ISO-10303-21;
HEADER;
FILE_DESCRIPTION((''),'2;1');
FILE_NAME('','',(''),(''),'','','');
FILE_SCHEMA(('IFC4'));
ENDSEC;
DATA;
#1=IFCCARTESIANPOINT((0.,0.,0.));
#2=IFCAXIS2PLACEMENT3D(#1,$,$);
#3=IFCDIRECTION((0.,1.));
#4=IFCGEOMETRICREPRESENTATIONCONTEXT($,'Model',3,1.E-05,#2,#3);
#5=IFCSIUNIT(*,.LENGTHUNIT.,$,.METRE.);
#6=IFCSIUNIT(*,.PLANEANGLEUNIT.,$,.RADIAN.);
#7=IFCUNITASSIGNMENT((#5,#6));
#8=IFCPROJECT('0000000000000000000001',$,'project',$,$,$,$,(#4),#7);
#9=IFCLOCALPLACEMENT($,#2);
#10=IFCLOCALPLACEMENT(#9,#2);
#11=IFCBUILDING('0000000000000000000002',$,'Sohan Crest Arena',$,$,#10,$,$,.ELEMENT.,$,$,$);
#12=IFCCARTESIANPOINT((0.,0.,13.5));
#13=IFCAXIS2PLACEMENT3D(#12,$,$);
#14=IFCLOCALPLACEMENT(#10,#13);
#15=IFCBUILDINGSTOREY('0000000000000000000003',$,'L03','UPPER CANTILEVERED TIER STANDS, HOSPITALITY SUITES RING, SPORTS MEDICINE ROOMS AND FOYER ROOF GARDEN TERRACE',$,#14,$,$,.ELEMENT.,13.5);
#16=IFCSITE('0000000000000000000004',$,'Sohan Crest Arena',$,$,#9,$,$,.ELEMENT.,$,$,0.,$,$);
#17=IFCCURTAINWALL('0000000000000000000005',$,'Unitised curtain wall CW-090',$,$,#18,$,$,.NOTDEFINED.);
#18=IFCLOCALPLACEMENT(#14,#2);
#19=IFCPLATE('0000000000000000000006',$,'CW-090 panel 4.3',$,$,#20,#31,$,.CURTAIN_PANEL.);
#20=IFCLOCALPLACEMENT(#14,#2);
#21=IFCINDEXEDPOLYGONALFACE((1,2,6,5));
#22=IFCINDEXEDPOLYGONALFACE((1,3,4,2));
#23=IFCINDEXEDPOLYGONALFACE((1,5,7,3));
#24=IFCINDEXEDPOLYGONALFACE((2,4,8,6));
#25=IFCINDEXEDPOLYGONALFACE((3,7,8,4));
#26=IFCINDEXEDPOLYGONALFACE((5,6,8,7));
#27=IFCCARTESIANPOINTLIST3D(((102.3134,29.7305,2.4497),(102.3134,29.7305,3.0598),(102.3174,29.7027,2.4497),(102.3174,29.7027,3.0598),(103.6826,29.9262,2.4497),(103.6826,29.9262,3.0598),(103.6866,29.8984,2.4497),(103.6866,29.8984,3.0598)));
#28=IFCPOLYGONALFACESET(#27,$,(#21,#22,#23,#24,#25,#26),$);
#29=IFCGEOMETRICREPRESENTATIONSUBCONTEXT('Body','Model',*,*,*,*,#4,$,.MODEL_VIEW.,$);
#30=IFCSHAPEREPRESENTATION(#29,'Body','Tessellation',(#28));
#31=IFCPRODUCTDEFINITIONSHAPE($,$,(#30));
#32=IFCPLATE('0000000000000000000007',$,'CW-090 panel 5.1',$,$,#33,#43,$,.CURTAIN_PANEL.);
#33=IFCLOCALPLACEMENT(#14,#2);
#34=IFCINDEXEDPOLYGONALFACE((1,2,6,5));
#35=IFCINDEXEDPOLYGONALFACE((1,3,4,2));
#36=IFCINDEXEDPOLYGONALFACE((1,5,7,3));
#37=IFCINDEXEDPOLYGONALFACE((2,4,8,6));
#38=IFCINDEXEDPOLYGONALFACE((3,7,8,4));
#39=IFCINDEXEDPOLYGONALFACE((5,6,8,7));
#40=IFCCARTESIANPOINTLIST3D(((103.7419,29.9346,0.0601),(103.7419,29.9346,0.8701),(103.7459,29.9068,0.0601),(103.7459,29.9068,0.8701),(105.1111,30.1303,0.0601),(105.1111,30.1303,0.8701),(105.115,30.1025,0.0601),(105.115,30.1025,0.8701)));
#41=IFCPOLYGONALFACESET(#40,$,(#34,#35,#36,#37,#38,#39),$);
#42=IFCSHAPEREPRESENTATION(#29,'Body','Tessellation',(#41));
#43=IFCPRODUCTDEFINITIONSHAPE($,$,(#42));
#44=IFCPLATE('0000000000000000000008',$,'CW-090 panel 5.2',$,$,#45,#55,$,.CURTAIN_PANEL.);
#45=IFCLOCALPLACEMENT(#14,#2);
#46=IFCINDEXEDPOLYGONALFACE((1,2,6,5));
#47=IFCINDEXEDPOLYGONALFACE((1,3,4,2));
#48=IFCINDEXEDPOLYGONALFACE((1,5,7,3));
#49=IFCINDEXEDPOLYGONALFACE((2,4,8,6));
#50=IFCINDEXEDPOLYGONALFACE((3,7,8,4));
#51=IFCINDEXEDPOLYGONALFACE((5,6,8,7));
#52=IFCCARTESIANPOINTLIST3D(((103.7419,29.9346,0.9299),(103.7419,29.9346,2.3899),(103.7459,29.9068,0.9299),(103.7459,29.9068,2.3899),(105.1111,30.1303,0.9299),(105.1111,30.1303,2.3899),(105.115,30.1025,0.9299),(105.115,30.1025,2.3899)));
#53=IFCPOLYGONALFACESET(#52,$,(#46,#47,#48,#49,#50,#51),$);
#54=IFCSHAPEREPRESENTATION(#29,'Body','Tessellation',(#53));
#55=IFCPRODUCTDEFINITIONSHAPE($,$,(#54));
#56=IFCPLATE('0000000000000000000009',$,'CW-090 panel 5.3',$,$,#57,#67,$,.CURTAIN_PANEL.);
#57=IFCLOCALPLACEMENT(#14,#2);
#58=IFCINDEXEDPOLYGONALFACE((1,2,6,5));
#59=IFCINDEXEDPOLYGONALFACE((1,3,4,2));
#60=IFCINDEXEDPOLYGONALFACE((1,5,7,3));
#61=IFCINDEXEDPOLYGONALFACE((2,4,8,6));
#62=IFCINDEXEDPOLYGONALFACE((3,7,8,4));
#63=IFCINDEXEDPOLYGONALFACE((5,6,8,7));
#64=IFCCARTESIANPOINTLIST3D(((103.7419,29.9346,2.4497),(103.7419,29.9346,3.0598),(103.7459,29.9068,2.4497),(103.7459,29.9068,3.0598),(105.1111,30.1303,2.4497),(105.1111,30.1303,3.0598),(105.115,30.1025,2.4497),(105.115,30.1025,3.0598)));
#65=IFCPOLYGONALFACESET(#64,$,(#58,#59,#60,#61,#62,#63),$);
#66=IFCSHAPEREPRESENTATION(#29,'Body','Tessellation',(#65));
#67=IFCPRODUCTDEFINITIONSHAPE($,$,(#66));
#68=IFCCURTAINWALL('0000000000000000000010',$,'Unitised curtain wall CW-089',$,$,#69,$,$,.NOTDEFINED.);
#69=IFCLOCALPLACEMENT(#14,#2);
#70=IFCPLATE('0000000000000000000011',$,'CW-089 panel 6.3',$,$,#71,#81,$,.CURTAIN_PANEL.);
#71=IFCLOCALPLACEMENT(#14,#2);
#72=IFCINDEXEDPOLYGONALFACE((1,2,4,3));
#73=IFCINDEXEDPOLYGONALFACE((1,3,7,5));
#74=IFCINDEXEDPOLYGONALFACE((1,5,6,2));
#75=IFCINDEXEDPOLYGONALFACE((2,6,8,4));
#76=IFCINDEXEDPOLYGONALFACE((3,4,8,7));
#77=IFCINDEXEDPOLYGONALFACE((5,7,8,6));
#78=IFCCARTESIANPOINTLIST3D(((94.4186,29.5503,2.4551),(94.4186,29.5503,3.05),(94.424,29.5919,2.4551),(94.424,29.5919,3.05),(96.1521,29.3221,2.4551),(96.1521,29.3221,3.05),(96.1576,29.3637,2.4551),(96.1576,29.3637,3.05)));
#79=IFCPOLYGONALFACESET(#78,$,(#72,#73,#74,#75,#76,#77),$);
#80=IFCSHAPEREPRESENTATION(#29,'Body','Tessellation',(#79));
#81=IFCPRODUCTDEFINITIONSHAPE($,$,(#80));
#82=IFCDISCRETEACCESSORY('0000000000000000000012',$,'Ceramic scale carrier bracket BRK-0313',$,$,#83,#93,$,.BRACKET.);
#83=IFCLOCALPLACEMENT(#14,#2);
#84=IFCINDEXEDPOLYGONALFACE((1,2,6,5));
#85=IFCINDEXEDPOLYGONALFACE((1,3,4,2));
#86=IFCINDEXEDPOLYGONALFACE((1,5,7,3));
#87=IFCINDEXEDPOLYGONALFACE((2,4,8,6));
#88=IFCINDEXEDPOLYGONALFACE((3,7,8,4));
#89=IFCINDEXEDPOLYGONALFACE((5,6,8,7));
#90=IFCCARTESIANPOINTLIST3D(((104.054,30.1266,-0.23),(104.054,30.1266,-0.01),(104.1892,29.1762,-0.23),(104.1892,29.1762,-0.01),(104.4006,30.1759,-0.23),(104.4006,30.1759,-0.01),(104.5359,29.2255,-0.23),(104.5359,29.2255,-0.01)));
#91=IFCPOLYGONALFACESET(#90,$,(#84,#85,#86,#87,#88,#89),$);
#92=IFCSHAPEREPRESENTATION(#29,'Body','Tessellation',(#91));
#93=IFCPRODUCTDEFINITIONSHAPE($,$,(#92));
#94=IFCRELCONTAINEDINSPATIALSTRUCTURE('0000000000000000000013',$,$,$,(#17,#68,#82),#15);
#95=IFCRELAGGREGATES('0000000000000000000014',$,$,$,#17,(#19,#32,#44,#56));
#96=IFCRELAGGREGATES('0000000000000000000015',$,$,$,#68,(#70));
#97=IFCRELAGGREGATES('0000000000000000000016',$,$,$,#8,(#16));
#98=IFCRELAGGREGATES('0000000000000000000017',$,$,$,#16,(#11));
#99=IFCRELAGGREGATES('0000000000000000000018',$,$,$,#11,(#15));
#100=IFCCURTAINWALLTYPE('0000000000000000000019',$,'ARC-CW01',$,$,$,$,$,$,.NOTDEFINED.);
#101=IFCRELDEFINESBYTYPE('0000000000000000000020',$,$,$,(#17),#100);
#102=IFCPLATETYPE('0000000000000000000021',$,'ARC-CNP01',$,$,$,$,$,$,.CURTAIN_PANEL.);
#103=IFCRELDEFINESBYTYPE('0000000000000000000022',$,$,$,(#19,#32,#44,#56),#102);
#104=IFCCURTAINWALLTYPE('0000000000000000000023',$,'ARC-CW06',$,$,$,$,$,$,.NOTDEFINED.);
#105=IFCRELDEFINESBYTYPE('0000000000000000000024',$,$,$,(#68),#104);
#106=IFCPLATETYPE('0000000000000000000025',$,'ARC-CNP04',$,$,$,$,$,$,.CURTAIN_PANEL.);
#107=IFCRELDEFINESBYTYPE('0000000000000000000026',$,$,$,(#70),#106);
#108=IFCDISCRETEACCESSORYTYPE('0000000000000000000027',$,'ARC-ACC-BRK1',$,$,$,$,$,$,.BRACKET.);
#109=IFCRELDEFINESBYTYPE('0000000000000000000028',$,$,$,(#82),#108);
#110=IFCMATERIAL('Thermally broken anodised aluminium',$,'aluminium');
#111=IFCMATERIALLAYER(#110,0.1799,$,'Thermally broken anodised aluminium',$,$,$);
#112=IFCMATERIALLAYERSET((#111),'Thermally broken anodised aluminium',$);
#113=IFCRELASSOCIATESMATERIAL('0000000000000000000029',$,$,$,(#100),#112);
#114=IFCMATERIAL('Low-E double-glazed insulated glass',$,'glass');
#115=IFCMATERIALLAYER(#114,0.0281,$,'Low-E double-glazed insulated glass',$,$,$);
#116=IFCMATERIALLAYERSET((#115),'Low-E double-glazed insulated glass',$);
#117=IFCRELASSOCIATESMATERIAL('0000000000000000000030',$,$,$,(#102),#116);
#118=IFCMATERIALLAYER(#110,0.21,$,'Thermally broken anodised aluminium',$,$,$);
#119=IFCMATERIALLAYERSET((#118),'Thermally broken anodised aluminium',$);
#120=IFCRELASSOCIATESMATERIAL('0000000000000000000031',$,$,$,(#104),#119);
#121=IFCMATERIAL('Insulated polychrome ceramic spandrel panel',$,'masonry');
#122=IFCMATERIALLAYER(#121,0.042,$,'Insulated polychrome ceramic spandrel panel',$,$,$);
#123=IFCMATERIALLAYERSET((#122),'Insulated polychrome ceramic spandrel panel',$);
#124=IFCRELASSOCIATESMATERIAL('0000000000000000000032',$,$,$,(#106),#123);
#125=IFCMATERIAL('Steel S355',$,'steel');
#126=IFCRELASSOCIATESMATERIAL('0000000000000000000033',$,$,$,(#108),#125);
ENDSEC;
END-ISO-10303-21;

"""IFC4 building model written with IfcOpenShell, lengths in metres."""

from ifc_helpers import new_model, si_unit, direction, frame, origin, origin_2d, place, context, subcontext, project, spatial, rectangle, extrude, material, layer, layer_set, type_object, element, aggregate, save


model = new_model("IFC4")

# Units and contexts
model_context = context("Model", 3, precision=1e-05, world=origin(), true_north=direction((0.0, 1.0)))
body_context = subcontext(model_context, "Body", "Model", "MODEL_VIEW")
ifc_project = project(units=[si_unit("LENGTHUNIT", "METRE"), si_unit("PLANEANGLEUNIT", "RADIAN")], contexts=[model_context])

# Site, building, storey
site_placement = place(None, origin())
site = spatial("IfcSite", under=ifc_project, at=site_placement, Name="Sohan Crest Arena", CompositionType="ELEMENT", RefElevation=0.0)
building_placement = place(site_placement, origin())
building = spatial("IfcBuilding", under=site, at=building_placement, Name="Sohan Crest Arena", CompositionType="ELEMENT")
storey_placement = place(building_placement, frame((0.0, 0.0, 13.5)))
storey = spatial("IfcBuildingStorey", under=building, at=storey_placement, Name="L03", Description="UPPER CANTILEVERED TIER STANDS, HOSPITALITY SUITES RING, SPORTS MEDICINE ROOMS AND FOYER ROOF GARDEN TERRACE", CompositionType="ELEMENT", Elevation=13.5)

# Shared definitions
ifc_material_1 = material(Name="Steel S355", Category="steel")

# Curtain wall
ifc_material_2 = material(Name="Thermally broken anodised aluminium", Category="aluminium")
ifc_layer_1 = layer(ifc_material_2, 0.1799, Name="Thermally broken anodised aluminium")
ifc_layer_set_1 = layer_set([ifc_layer_1], Name="Thermally broken anodised aluminium")
curtain_wall_type_1 = type_object("IfcCurtainWallType", Name="ARC-CW01", PredefinedType="NOTDEFINED", material=ifc_layer_set_1)
curtain_wall_1_placement = place(storey_placement, origin())
curtain_wall_1 = element("IfcCurtainWall", 1, at=curtain_wall_1_placement, inside=storey, type_object=curtain_wall_type_1, Name="Unitised curtain wall CW-090", PredefinedType="NOTDEFINED")

# Plates
ifc_material_3 = material(Name="Low-E double-glazed insulated glass", Category="glass")
ifc_layer_2 = layer(ifc_material_3, 0.0281, Name="Low-E double-glazed insulated glass")
ifc_layer_set_2 = layer_set([ifc_layer_2], Name="Low-E double-glazed insulated glass")
plate_type_1 = type_object("IfcPlateType", Name="ARC-CNP01", PredefinedType="CURTAIN_PANEL", material=ifc_layer_set_2)
plate_1_placement = place(storey_placement, frame((103.0, 29.8145, 2.4497), z_axis=(0.0, 0.0, 1.0), x_axis=(0.989944, 0.141463, 0.0)))
plate_1 = element("IfcPlate", 2, at=plate_1_placement, type_object=plate_type_1, Name="CW-090 panel 4.3", PredefinedType="CURTAIN_PANEL", context=body_context, shape_type="SweptSolid", body=[
    extrude(rectangle(XDim=1.3831, YDim=0.0281, at=origin_2d()), origin(), (0.0, 0.0, 1.0), 0.6101),
])
plate_2_placement = place(storey_placement, frame((104.4285, 30.0186, 0.0601), z_axis=(0.0, 0.0, 1.0), x_axis=(0.989944, 0.141463, 0.0)))
plate_2 = element("IfcPlate", 3, at=plate_2_placement, type_object=plate_type_1, Name="CW-090 panel 5.1", PredefinedType="CURTAIN_PANEL", context=body_context, shape_type="SweptSolid", body=[
    extrude(rectangle(XDim=1.3831, YDim=0.0281, at=origin_2d()), origin(), (0.0, 0.0, 1.0), 0.8101),
])
plate_3_placement = place(storey_placement, frame((104.4285, 30.0186, 0.9299), z_axis=(0.0, 0.0, 1.0), x_axis=(0.989944, 0.141463, 0.0)))
plate_3 = element("IfcPlate", 4, at=plate_3_placement, type_object=plate_type_1, Name="CW-090 panel 5.2", PredefinedType="CURTAIN_PANEL", context=body_context, shape_type="SweptSolid", body=[
    extrude(rectangle(XDim=1.3831, YDim=0.0281, at=origin_2d()), origin(), (0.0, 0.0, 1.0), 1.46),
])
plate_4_placement = place(storey_placement, frame((104.4285, 30.0186, 2.4497), z_axis=(0.0, 0.0, 1.0), x_axis=(0.989944, 0.141463, 0.0)))
plate_4 = element("IfcPlate", 5, at=plate_4_placement, type_object=plate_type_1, Name="CW-090 panel 5.3", PredefinedType="CURTAIN_PANEL", context=body_context, shape_type="SweptSolid", body=[
    extrude(rectangle(XDim=1.3831, YDim=0.0281, at=origin_2d()), origin(), (0.0, 0.0, 1.0), 0.6101),
])
aggregate(curtain_wall_1, [plate_1, plate_2, plate_3, plate_4])

# Curtain wall, plate
ifc_layer_3 = layer(ifc_material_2, 0.21, Name="Thermally broken anodised aluminium")
ifc_layer_set_3 = layer_set([ifc_layer_3], Name="Thermally broken anodised aluminium")
curtain_wall_type_2 = type_object("IfcCurtainWallType", Name="ARC-CW06", PredefinedType="NOTDEFINED", material=ifc_layer_set_3)
curtain_wall_2_placement = place(storey_placement, origin())
curtain_wall_2 = element("IfcCurtainWall", 6, at=curtain_wall_2_placement, inside=storey, type_object=curtain_wall_type_2, Name="Unitised curtain wall CW-089", PredefinedType="NOTDEFINED")
ifc_material_4 = material(Name="Insulated polychrome ceramic spandrel panel", Category="masonry")
ifc_layer_4 = layer(ifc_material_4, 0.042, Name="Insulated polychrome ceramic spandrel panel")
ifc_layer_set_4 = layer_set([ifc_layer_4], Name="Insulated polychrome ceramic spandrel panel")
plate_type_2 = type_object("IfcPlateType", Name="ARC-CNP04", PredefinedType="CURTAIN_PANEL", material=ifc_layer_set_4)
plate_5_placement = place(storey_placement, frame((95.2881, 29.457, 2.4551), z_axis=(0.0, 0.0, 1.0), x_axis=(0.991447, -0.130511, 0.0)))
plate_5 = element("IfcPlate", 7, at=plate_5_placement, type_object=plate_type_2, Name="CW-089 panel 6.3", PredefinedType="CURTAIN_PANEL", context=body_context, shape_type="SweptSolid", body=[
    extrude(rectangle(XDim=1.7485, YDim=0.042, at=origin_2d()), origin(), (0.0, 0.0, 1.0), 0.595),
])
aggregate(curtain_wall_2, [plate_5])

# Discrete accessory
discrete_accessory_type = type_object("IfcDiscreteAccessoryType", Name="ARC-ACC-BRK1", PredefinedType="BRACKET", material=ifc_material_1)
discrete_accessory_placement = place(storey_placement, frame((104.2949, 29.676, -0.23), z_axis=(0.0, 0.0, 1.0), x_axis=(0.990024, 0.140901, 0.0)))
element("IfcDiscreteAccessory", 8, at=discrete_accessory_placement, inside=storey, type_object=discrete_accessory_type, Name="Ceramic scale carrier bracket BRK-0313", PredefinedType="BRACKET", context=body_context, shape_type="SweptSolid", body=[
    extrude(rectangle(XDim=0.3501, YDim=0.96, at=origin_2d()), origin(), (0.0, 0.0, 1.0), 0.22),
])

save(model, "model.ifc")
